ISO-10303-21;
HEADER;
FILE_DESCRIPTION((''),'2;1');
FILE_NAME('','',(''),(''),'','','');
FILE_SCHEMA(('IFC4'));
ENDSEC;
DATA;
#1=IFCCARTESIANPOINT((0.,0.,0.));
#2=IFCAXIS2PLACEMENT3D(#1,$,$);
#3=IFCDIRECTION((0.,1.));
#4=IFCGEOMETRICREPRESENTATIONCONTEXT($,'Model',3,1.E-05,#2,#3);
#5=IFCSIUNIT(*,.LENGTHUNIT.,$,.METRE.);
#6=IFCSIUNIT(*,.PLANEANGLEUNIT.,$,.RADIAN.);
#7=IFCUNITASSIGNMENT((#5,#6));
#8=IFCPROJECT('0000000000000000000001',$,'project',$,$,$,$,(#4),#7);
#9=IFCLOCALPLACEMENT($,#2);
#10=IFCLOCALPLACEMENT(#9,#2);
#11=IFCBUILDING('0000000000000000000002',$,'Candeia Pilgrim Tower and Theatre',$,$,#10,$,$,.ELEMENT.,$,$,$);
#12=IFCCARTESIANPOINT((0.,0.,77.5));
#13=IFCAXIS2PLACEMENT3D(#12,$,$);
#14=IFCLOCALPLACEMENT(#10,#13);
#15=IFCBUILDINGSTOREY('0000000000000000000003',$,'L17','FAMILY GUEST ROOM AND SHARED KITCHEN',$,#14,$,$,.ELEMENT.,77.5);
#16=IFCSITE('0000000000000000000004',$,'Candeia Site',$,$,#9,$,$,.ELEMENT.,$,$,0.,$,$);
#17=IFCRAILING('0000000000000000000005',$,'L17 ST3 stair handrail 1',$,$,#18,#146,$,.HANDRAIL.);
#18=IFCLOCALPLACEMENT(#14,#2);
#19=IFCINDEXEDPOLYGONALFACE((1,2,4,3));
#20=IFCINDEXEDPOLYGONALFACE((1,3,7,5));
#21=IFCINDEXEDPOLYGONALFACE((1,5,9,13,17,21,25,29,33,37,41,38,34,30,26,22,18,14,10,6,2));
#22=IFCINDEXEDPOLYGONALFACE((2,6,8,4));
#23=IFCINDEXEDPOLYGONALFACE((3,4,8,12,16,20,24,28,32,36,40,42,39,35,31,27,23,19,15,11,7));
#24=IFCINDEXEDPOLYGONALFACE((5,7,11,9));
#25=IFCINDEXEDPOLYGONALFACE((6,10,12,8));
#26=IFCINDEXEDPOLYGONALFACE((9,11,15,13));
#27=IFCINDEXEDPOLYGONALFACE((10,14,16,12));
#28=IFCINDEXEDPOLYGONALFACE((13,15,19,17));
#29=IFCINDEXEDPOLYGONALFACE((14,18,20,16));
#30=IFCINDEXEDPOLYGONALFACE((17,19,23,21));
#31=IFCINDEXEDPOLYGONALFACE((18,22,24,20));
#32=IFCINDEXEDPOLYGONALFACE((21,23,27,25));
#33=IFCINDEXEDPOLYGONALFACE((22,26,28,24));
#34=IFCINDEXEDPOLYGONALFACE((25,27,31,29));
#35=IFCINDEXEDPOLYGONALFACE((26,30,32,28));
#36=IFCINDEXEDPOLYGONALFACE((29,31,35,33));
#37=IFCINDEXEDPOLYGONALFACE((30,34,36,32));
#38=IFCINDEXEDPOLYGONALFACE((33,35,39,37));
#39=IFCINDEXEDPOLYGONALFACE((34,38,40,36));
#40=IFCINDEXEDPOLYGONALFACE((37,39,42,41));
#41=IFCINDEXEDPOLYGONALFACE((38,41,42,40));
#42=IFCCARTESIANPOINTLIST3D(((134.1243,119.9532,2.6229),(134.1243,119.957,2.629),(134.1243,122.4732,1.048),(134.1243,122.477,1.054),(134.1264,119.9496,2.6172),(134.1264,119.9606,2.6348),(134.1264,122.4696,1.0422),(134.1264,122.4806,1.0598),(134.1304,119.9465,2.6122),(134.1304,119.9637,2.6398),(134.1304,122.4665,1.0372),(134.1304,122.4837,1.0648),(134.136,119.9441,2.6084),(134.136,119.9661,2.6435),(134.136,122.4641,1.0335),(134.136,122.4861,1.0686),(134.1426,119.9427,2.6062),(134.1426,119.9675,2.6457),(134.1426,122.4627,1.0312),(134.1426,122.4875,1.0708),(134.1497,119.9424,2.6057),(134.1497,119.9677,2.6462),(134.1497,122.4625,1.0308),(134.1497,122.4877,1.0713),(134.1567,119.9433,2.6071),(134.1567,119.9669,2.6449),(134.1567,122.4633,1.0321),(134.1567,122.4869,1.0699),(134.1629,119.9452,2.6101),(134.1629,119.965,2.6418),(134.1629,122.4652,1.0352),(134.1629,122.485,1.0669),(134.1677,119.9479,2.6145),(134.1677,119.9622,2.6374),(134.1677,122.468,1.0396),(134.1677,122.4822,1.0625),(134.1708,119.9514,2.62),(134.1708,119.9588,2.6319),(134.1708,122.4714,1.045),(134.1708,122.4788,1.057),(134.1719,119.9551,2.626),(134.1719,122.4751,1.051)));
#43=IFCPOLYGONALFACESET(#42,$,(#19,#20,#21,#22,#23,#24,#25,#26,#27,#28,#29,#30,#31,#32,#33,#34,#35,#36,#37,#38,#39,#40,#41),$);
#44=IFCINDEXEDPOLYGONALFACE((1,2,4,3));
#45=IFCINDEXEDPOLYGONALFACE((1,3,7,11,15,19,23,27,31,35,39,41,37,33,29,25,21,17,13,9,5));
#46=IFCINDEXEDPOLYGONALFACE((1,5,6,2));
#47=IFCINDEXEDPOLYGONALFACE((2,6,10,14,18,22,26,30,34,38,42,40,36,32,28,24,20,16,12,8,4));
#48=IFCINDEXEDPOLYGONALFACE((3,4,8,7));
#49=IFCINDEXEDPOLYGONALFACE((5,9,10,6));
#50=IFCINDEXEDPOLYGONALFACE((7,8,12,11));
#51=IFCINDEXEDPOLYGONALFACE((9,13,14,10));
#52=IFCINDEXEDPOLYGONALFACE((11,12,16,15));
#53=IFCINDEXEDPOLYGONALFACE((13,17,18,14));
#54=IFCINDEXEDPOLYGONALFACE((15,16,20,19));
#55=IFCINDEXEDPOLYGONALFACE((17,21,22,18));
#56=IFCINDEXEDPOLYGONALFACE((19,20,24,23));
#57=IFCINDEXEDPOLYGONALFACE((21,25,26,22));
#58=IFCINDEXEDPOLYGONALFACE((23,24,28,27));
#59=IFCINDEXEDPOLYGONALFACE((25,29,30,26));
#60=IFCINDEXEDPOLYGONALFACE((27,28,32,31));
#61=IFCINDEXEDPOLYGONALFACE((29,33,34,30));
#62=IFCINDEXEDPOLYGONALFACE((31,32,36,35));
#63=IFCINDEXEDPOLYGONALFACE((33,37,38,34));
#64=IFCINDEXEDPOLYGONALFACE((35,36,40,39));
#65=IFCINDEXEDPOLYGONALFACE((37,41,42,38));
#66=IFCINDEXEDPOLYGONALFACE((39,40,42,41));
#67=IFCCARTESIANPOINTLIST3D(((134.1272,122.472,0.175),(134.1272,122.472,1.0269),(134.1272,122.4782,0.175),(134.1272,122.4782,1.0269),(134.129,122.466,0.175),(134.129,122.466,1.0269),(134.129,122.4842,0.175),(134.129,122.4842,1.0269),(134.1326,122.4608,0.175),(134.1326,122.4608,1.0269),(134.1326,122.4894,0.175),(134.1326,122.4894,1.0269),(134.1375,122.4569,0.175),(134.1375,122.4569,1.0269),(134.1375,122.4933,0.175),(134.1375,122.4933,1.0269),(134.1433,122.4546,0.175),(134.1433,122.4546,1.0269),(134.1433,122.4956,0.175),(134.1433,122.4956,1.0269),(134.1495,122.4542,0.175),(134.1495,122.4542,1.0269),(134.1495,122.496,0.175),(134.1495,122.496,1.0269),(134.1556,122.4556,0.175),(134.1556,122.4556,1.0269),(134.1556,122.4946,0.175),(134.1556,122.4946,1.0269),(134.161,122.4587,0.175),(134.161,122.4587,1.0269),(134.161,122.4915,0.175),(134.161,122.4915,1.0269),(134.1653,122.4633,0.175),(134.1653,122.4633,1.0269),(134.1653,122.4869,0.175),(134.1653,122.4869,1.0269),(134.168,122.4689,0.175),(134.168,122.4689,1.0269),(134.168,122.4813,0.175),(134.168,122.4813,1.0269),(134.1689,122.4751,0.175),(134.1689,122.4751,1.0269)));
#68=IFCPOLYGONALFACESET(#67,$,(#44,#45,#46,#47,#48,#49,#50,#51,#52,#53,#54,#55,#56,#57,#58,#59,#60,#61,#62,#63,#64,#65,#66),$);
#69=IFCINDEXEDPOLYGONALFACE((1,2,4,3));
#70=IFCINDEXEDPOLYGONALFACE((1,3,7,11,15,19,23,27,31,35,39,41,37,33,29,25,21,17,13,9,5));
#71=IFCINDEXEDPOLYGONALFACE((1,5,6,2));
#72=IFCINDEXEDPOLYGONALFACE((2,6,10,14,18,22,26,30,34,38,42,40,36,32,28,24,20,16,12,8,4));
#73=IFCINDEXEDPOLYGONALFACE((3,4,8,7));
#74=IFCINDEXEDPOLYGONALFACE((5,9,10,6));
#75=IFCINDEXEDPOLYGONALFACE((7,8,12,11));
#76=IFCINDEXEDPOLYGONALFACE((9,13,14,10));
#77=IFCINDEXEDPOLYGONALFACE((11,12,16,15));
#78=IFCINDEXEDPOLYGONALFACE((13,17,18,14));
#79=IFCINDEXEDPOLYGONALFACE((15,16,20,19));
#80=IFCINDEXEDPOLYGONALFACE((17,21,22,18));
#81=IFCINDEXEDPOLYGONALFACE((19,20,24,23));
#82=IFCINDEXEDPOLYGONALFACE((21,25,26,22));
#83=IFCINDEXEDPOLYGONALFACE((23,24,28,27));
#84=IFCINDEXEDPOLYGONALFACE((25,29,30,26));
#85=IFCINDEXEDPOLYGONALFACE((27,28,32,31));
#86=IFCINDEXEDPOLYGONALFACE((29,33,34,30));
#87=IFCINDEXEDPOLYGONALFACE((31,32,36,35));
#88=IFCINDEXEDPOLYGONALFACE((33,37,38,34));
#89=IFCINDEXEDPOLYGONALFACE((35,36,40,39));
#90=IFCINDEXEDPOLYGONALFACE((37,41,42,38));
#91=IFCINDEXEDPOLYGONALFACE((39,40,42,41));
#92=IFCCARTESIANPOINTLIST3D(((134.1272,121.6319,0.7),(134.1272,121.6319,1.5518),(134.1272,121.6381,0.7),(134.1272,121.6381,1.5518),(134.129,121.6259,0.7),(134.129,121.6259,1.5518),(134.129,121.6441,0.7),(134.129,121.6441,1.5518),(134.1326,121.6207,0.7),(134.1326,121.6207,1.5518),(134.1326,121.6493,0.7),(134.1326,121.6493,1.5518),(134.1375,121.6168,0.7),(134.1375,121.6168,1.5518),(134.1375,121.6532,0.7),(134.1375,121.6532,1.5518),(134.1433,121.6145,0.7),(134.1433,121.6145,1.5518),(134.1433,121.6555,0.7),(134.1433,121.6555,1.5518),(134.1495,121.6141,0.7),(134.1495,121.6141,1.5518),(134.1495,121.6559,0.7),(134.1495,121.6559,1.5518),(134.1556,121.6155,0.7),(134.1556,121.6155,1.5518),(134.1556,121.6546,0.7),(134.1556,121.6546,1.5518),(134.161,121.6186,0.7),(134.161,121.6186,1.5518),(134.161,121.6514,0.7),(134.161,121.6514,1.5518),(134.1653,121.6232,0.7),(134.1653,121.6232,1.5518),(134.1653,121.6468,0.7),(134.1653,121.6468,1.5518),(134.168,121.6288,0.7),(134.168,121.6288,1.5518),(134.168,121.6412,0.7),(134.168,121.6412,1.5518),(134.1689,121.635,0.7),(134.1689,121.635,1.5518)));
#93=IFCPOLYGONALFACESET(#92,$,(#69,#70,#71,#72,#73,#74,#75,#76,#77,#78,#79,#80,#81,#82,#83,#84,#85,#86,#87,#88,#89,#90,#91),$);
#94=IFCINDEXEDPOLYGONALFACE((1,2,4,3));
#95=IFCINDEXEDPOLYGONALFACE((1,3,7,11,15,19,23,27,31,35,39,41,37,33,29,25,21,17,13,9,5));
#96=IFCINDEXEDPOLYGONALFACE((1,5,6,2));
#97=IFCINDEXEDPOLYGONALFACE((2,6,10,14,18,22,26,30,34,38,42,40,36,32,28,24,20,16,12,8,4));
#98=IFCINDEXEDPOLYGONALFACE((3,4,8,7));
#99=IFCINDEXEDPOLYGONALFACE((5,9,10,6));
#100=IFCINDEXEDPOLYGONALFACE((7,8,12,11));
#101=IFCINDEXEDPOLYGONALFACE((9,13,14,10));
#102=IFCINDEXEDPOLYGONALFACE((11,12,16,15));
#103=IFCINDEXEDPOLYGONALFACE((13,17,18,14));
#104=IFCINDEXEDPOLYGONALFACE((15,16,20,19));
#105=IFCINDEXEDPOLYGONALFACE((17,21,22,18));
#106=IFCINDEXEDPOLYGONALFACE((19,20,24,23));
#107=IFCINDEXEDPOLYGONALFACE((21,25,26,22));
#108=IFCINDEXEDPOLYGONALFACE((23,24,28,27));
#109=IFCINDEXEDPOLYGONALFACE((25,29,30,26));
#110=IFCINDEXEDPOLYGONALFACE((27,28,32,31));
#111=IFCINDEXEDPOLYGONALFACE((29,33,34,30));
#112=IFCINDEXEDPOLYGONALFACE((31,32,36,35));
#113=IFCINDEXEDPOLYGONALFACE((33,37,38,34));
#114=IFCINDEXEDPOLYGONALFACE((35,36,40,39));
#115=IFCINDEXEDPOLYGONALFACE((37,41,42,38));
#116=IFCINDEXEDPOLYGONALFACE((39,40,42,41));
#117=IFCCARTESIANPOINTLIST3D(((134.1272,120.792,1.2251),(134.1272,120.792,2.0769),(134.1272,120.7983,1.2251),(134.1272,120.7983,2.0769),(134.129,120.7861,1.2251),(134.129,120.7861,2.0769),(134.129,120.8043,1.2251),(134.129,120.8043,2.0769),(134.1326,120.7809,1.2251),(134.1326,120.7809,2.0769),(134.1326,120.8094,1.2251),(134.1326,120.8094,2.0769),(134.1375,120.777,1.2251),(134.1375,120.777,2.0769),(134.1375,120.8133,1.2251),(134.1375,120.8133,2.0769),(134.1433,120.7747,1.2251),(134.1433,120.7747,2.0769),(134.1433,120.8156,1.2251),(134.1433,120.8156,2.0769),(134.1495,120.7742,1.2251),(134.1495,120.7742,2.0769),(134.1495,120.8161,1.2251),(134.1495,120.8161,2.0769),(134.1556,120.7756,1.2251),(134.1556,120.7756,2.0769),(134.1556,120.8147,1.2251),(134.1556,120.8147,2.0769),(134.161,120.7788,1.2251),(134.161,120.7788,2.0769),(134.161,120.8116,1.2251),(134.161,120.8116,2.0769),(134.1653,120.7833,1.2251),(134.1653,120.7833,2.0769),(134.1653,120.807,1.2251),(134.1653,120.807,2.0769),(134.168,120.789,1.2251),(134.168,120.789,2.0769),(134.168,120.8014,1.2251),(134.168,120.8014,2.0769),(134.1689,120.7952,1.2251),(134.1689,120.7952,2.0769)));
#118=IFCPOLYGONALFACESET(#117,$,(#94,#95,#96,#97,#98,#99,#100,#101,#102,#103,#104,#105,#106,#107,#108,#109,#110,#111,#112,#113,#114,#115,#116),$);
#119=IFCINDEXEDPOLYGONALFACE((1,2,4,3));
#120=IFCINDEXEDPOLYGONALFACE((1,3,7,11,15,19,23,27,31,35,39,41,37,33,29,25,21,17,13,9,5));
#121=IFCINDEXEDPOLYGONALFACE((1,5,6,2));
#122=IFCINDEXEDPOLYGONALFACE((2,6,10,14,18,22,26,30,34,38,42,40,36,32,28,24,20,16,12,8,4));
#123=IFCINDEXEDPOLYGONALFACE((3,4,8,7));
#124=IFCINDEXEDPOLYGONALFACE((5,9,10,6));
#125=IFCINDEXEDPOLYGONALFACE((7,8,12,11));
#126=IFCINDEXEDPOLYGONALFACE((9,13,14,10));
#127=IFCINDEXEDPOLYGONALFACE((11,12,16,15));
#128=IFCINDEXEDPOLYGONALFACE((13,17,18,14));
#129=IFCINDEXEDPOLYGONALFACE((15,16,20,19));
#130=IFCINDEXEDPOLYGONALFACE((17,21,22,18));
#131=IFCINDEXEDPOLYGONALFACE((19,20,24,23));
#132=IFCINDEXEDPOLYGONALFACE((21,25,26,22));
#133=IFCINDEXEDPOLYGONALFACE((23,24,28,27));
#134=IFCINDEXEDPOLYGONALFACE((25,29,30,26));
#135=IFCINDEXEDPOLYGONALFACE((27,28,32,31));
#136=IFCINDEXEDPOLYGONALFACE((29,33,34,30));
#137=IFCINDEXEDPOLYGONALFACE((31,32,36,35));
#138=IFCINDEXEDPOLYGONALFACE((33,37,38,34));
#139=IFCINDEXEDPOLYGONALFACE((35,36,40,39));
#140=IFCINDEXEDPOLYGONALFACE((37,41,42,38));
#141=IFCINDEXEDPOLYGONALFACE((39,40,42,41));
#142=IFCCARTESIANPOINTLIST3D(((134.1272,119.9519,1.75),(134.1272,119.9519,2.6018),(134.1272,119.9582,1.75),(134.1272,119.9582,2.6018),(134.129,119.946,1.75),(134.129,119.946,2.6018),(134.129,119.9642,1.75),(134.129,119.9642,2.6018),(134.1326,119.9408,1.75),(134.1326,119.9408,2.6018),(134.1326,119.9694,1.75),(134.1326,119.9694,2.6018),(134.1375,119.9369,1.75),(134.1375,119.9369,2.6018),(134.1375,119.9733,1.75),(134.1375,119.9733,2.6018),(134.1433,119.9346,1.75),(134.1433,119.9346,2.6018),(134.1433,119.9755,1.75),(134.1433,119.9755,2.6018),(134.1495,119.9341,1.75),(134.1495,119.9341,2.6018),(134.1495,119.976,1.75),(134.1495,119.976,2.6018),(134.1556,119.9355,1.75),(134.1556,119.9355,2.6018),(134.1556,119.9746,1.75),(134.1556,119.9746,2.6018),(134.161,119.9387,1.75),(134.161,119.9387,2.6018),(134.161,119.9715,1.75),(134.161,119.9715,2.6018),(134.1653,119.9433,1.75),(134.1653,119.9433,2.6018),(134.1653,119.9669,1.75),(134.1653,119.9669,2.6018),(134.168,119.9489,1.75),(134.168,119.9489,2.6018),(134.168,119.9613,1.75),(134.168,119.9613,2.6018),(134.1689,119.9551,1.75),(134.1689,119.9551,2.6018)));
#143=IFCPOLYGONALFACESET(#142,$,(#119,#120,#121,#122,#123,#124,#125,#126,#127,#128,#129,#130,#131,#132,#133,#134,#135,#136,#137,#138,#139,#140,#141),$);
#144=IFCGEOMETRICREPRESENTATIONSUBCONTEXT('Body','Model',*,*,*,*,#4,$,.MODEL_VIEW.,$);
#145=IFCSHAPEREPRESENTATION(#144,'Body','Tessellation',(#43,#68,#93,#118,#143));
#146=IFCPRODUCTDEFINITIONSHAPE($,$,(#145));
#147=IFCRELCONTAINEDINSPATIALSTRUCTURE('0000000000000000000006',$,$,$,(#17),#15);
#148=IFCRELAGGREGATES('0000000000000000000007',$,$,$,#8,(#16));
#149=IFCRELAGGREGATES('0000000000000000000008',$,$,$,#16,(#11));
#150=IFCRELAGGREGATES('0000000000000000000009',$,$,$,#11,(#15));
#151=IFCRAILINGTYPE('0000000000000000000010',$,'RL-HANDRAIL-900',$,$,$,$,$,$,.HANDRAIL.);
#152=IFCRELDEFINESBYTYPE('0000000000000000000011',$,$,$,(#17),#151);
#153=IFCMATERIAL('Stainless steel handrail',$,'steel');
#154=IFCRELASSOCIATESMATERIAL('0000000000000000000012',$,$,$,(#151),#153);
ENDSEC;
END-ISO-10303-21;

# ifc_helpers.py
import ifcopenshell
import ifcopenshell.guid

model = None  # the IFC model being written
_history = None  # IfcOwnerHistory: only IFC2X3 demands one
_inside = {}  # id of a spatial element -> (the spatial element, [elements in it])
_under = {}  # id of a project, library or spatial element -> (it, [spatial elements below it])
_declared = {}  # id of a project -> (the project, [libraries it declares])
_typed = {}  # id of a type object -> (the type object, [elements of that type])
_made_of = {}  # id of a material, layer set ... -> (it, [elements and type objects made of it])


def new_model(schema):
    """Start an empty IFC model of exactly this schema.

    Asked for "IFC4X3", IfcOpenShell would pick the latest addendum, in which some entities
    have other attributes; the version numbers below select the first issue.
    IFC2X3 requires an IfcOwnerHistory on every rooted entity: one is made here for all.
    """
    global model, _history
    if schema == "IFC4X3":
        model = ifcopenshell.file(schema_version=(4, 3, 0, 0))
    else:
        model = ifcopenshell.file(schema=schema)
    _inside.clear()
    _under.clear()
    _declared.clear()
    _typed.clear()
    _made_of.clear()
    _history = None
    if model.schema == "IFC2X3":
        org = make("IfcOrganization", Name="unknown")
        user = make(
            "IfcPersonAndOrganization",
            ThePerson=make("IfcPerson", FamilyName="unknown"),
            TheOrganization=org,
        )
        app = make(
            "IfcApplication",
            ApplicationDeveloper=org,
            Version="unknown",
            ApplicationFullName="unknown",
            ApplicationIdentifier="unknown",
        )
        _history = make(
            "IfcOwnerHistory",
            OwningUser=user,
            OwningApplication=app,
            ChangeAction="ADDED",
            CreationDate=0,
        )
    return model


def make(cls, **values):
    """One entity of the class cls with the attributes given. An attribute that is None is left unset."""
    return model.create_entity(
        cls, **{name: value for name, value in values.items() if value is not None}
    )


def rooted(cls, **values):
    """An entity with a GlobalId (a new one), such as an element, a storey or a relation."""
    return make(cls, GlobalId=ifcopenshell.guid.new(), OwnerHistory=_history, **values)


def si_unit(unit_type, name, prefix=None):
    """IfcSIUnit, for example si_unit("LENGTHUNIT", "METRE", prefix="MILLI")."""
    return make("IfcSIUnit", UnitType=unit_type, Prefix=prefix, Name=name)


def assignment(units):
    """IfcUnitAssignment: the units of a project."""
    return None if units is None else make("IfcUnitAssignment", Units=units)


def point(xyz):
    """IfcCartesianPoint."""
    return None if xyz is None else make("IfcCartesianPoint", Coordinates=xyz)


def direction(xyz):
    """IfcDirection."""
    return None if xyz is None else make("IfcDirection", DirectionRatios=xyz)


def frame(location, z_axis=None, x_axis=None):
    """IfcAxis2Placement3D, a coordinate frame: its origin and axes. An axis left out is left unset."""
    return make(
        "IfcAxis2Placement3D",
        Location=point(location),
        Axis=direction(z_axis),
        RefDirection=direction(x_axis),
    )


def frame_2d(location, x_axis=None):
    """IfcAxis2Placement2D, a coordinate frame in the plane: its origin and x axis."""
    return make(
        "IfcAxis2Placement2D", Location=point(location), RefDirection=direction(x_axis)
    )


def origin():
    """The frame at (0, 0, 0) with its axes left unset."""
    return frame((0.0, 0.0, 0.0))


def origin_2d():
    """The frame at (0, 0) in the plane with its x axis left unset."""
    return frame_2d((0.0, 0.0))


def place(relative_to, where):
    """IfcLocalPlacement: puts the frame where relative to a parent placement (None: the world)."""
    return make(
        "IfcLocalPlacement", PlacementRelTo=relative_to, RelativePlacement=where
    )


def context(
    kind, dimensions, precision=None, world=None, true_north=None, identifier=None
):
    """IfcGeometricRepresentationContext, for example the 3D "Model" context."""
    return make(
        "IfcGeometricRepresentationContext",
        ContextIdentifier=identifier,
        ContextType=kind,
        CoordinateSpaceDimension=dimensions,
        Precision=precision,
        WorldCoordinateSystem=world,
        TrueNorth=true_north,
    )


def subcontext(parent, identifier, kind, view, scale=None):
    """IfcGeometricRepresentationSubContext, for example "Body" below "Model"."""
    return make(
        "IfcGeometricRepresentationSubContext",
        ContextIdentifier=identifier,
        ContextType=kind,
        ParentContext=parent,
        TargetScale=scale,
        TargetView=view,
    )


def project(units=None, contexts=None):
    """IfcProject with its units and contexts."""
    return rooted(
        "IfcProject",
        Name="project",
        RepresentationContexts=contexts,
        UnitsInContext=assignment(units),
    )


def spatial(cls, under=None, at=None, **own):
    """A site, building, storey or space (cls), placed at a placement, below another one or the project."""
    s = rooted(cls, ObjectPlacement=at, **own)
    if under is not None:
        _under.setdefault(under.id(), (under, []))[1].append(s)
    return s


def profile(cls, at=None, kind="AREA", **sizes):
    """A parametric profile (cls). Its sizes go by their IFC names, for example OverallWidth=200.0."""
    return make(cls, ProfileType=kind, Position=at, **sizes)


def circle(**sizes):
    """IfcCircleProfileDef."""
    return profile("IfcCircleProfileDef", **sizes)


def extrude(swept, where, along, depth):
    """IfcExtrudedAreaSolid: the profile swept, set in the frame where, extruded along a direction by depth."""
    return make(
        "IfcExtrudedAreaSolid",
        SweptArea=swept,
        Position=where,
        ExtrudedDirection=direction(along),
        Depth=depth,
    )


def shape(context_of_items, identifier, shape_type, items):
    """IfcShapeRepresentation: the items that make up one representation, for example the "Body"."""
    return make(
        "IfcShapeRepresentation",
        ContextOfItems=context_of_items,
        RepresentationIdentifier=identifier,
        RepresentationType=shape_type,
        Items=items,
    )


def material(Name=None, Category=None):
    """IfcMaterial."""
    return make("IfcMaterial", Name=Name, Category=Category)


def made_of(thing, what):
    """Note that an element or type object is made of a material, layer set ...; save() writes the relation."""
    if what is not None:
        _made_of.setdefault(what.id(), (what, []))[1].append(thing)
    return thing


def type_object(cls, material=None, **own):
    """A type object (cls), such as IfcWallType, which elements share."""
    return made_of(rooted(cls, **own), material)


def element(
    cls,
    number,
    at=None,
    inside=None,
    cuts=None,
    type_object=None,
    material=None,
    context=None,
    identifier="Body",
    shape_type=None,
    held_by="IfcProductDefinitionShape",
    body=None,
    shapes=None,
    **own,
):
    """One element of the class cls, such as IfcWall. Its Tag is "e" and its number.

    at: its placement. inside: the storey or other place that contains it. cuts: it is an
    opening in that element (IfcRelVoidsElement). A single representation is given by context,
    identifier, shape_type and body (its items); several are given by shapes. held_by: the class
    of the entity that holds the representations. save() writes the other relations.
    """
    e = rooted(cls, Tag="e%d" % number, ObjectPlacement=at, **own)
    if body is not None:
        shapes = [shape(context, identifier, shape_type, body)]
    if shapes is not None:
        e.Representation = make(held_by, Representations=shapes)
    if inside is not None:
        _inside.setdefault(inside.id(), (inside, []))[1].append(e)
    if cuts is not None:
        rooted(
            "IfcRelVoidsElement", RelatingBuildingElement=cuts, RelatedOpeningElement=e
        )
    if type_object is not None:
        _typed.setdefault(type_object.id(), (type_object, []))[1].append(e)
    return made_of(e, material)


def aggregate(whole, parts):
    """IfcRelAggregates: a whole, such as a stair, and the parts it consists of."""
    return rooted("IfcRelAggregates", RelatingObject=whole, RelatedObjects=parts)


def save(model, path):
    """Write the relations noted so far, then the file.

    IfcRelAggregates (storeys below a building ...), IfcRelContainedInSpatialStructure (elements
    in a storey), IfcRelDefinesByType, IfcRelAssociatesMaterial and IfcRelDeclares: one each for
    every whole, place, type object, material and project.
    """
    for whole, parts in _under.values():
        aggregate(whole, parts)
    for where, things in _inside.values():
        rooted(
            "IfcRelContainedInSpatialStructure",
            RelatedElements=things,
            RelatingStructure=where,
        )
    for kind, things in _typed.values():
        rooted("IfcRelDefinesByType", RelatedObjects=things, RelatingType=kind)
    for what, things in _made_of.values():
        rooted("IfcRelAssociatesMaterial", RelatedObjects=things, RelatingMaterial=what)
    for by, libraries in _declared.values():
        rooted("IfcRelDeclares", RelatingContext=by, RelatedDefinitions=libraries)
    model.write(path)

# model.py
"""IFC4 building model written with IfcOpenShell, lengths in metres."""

from ifc_helpers import new_model, si_unit, direction, frame, origin, origin_2d, place, context, subcontext, project, spatial, circle, extrude, material, type_object, element, save


model = new_model("IFC4")

# Units and contexts
model_context = context("Model", 3, precision=1e-05, world=origin(), true_north=direction((0.0, 1.0)))
body_context = subcontext(model_context, "Body", "Model", "MODEL_VIEW")
ifc_project = project(units=[si_unit("LENGTHUNIT", "METRE"), si_unit("PLANEANGLEUNIT", "RADIAN")], contexts=[model_context])

# Site, building, storey
site_placement = place(None, origin())
site = spatial("IfcSite", under=ifc_project, at=site_placement, Name="Candeia Site", CompositionType="ELEMENT", RefElevation=0.0)
building_placement = place(site_placement, origin())
building = spatial("IfcBuilding", under=site, at=building_placement, Name="Candeia Pilgrim Tower and Theatre", CompositionType="ELEMENT")
storey_placement = place(building_placement, frame((0.0, 0.0, 77.5)))
storey = spatial("IfcBuildingStorey", under=building, at=storey_placement, Name="L17", Description="FAMILY GUEST ROOM AND SHARED KITCHEN", CompositionType="ELEMENT", Elevation=77.5)

# Railing
ifc_material_1 = material(Name="Stainless steel handrail", Category="steel")
railing_type_1 = type_object("IfcRailingType", Name="RL-HANDRAIL-900", PredefinedType="HANDRAIL", material=ifc_material_1)
railing_1_placement = place(storey_placement, frame((134.1479, 122.4751, 0.175)))
element("IfcRailing", 1, at=railing_1_placement, inside=storey, type_object=railing_type_1, Name="L17 ST3 stair handrail 1", PredefinedType="HANDRAIL", context=body_context, shape_type="SweptSolid", body=[
    extrude(circle(Radius=0.0239, at=origin_2d()), frame((0.0, 0.0, 0.876), z_axis=(0.0, -0.848008, 0.529984), x_axis=(1.0, 0.0, 0.0)), (0.0, 0.0, 1.0), 2.9717),
    extrude(circle(Radius=0.021, at=origin_2d()), origin(), (0.0, 0.0, 1.0), 0.8518),
    extrude(circle(Radius=0.021, at=origin_2d()), frame((0.0, -0.8401, 0.5249)), (0.0, 0.0, 1.0), 0.8518),
    extrude(circle(Radius=0.021, at=origin_2d()), frame((0.0, -1.6799, 1.05)), (0.0, 0.0, 1.0), 0.8518),
    extrude(circle(Radius=0.021, at=origin_2d()), frame((0.0, -2.52, 1.575)), (0.0, 0.0, 1.0), 0.8518),
])

save(model, "model.ifc")
